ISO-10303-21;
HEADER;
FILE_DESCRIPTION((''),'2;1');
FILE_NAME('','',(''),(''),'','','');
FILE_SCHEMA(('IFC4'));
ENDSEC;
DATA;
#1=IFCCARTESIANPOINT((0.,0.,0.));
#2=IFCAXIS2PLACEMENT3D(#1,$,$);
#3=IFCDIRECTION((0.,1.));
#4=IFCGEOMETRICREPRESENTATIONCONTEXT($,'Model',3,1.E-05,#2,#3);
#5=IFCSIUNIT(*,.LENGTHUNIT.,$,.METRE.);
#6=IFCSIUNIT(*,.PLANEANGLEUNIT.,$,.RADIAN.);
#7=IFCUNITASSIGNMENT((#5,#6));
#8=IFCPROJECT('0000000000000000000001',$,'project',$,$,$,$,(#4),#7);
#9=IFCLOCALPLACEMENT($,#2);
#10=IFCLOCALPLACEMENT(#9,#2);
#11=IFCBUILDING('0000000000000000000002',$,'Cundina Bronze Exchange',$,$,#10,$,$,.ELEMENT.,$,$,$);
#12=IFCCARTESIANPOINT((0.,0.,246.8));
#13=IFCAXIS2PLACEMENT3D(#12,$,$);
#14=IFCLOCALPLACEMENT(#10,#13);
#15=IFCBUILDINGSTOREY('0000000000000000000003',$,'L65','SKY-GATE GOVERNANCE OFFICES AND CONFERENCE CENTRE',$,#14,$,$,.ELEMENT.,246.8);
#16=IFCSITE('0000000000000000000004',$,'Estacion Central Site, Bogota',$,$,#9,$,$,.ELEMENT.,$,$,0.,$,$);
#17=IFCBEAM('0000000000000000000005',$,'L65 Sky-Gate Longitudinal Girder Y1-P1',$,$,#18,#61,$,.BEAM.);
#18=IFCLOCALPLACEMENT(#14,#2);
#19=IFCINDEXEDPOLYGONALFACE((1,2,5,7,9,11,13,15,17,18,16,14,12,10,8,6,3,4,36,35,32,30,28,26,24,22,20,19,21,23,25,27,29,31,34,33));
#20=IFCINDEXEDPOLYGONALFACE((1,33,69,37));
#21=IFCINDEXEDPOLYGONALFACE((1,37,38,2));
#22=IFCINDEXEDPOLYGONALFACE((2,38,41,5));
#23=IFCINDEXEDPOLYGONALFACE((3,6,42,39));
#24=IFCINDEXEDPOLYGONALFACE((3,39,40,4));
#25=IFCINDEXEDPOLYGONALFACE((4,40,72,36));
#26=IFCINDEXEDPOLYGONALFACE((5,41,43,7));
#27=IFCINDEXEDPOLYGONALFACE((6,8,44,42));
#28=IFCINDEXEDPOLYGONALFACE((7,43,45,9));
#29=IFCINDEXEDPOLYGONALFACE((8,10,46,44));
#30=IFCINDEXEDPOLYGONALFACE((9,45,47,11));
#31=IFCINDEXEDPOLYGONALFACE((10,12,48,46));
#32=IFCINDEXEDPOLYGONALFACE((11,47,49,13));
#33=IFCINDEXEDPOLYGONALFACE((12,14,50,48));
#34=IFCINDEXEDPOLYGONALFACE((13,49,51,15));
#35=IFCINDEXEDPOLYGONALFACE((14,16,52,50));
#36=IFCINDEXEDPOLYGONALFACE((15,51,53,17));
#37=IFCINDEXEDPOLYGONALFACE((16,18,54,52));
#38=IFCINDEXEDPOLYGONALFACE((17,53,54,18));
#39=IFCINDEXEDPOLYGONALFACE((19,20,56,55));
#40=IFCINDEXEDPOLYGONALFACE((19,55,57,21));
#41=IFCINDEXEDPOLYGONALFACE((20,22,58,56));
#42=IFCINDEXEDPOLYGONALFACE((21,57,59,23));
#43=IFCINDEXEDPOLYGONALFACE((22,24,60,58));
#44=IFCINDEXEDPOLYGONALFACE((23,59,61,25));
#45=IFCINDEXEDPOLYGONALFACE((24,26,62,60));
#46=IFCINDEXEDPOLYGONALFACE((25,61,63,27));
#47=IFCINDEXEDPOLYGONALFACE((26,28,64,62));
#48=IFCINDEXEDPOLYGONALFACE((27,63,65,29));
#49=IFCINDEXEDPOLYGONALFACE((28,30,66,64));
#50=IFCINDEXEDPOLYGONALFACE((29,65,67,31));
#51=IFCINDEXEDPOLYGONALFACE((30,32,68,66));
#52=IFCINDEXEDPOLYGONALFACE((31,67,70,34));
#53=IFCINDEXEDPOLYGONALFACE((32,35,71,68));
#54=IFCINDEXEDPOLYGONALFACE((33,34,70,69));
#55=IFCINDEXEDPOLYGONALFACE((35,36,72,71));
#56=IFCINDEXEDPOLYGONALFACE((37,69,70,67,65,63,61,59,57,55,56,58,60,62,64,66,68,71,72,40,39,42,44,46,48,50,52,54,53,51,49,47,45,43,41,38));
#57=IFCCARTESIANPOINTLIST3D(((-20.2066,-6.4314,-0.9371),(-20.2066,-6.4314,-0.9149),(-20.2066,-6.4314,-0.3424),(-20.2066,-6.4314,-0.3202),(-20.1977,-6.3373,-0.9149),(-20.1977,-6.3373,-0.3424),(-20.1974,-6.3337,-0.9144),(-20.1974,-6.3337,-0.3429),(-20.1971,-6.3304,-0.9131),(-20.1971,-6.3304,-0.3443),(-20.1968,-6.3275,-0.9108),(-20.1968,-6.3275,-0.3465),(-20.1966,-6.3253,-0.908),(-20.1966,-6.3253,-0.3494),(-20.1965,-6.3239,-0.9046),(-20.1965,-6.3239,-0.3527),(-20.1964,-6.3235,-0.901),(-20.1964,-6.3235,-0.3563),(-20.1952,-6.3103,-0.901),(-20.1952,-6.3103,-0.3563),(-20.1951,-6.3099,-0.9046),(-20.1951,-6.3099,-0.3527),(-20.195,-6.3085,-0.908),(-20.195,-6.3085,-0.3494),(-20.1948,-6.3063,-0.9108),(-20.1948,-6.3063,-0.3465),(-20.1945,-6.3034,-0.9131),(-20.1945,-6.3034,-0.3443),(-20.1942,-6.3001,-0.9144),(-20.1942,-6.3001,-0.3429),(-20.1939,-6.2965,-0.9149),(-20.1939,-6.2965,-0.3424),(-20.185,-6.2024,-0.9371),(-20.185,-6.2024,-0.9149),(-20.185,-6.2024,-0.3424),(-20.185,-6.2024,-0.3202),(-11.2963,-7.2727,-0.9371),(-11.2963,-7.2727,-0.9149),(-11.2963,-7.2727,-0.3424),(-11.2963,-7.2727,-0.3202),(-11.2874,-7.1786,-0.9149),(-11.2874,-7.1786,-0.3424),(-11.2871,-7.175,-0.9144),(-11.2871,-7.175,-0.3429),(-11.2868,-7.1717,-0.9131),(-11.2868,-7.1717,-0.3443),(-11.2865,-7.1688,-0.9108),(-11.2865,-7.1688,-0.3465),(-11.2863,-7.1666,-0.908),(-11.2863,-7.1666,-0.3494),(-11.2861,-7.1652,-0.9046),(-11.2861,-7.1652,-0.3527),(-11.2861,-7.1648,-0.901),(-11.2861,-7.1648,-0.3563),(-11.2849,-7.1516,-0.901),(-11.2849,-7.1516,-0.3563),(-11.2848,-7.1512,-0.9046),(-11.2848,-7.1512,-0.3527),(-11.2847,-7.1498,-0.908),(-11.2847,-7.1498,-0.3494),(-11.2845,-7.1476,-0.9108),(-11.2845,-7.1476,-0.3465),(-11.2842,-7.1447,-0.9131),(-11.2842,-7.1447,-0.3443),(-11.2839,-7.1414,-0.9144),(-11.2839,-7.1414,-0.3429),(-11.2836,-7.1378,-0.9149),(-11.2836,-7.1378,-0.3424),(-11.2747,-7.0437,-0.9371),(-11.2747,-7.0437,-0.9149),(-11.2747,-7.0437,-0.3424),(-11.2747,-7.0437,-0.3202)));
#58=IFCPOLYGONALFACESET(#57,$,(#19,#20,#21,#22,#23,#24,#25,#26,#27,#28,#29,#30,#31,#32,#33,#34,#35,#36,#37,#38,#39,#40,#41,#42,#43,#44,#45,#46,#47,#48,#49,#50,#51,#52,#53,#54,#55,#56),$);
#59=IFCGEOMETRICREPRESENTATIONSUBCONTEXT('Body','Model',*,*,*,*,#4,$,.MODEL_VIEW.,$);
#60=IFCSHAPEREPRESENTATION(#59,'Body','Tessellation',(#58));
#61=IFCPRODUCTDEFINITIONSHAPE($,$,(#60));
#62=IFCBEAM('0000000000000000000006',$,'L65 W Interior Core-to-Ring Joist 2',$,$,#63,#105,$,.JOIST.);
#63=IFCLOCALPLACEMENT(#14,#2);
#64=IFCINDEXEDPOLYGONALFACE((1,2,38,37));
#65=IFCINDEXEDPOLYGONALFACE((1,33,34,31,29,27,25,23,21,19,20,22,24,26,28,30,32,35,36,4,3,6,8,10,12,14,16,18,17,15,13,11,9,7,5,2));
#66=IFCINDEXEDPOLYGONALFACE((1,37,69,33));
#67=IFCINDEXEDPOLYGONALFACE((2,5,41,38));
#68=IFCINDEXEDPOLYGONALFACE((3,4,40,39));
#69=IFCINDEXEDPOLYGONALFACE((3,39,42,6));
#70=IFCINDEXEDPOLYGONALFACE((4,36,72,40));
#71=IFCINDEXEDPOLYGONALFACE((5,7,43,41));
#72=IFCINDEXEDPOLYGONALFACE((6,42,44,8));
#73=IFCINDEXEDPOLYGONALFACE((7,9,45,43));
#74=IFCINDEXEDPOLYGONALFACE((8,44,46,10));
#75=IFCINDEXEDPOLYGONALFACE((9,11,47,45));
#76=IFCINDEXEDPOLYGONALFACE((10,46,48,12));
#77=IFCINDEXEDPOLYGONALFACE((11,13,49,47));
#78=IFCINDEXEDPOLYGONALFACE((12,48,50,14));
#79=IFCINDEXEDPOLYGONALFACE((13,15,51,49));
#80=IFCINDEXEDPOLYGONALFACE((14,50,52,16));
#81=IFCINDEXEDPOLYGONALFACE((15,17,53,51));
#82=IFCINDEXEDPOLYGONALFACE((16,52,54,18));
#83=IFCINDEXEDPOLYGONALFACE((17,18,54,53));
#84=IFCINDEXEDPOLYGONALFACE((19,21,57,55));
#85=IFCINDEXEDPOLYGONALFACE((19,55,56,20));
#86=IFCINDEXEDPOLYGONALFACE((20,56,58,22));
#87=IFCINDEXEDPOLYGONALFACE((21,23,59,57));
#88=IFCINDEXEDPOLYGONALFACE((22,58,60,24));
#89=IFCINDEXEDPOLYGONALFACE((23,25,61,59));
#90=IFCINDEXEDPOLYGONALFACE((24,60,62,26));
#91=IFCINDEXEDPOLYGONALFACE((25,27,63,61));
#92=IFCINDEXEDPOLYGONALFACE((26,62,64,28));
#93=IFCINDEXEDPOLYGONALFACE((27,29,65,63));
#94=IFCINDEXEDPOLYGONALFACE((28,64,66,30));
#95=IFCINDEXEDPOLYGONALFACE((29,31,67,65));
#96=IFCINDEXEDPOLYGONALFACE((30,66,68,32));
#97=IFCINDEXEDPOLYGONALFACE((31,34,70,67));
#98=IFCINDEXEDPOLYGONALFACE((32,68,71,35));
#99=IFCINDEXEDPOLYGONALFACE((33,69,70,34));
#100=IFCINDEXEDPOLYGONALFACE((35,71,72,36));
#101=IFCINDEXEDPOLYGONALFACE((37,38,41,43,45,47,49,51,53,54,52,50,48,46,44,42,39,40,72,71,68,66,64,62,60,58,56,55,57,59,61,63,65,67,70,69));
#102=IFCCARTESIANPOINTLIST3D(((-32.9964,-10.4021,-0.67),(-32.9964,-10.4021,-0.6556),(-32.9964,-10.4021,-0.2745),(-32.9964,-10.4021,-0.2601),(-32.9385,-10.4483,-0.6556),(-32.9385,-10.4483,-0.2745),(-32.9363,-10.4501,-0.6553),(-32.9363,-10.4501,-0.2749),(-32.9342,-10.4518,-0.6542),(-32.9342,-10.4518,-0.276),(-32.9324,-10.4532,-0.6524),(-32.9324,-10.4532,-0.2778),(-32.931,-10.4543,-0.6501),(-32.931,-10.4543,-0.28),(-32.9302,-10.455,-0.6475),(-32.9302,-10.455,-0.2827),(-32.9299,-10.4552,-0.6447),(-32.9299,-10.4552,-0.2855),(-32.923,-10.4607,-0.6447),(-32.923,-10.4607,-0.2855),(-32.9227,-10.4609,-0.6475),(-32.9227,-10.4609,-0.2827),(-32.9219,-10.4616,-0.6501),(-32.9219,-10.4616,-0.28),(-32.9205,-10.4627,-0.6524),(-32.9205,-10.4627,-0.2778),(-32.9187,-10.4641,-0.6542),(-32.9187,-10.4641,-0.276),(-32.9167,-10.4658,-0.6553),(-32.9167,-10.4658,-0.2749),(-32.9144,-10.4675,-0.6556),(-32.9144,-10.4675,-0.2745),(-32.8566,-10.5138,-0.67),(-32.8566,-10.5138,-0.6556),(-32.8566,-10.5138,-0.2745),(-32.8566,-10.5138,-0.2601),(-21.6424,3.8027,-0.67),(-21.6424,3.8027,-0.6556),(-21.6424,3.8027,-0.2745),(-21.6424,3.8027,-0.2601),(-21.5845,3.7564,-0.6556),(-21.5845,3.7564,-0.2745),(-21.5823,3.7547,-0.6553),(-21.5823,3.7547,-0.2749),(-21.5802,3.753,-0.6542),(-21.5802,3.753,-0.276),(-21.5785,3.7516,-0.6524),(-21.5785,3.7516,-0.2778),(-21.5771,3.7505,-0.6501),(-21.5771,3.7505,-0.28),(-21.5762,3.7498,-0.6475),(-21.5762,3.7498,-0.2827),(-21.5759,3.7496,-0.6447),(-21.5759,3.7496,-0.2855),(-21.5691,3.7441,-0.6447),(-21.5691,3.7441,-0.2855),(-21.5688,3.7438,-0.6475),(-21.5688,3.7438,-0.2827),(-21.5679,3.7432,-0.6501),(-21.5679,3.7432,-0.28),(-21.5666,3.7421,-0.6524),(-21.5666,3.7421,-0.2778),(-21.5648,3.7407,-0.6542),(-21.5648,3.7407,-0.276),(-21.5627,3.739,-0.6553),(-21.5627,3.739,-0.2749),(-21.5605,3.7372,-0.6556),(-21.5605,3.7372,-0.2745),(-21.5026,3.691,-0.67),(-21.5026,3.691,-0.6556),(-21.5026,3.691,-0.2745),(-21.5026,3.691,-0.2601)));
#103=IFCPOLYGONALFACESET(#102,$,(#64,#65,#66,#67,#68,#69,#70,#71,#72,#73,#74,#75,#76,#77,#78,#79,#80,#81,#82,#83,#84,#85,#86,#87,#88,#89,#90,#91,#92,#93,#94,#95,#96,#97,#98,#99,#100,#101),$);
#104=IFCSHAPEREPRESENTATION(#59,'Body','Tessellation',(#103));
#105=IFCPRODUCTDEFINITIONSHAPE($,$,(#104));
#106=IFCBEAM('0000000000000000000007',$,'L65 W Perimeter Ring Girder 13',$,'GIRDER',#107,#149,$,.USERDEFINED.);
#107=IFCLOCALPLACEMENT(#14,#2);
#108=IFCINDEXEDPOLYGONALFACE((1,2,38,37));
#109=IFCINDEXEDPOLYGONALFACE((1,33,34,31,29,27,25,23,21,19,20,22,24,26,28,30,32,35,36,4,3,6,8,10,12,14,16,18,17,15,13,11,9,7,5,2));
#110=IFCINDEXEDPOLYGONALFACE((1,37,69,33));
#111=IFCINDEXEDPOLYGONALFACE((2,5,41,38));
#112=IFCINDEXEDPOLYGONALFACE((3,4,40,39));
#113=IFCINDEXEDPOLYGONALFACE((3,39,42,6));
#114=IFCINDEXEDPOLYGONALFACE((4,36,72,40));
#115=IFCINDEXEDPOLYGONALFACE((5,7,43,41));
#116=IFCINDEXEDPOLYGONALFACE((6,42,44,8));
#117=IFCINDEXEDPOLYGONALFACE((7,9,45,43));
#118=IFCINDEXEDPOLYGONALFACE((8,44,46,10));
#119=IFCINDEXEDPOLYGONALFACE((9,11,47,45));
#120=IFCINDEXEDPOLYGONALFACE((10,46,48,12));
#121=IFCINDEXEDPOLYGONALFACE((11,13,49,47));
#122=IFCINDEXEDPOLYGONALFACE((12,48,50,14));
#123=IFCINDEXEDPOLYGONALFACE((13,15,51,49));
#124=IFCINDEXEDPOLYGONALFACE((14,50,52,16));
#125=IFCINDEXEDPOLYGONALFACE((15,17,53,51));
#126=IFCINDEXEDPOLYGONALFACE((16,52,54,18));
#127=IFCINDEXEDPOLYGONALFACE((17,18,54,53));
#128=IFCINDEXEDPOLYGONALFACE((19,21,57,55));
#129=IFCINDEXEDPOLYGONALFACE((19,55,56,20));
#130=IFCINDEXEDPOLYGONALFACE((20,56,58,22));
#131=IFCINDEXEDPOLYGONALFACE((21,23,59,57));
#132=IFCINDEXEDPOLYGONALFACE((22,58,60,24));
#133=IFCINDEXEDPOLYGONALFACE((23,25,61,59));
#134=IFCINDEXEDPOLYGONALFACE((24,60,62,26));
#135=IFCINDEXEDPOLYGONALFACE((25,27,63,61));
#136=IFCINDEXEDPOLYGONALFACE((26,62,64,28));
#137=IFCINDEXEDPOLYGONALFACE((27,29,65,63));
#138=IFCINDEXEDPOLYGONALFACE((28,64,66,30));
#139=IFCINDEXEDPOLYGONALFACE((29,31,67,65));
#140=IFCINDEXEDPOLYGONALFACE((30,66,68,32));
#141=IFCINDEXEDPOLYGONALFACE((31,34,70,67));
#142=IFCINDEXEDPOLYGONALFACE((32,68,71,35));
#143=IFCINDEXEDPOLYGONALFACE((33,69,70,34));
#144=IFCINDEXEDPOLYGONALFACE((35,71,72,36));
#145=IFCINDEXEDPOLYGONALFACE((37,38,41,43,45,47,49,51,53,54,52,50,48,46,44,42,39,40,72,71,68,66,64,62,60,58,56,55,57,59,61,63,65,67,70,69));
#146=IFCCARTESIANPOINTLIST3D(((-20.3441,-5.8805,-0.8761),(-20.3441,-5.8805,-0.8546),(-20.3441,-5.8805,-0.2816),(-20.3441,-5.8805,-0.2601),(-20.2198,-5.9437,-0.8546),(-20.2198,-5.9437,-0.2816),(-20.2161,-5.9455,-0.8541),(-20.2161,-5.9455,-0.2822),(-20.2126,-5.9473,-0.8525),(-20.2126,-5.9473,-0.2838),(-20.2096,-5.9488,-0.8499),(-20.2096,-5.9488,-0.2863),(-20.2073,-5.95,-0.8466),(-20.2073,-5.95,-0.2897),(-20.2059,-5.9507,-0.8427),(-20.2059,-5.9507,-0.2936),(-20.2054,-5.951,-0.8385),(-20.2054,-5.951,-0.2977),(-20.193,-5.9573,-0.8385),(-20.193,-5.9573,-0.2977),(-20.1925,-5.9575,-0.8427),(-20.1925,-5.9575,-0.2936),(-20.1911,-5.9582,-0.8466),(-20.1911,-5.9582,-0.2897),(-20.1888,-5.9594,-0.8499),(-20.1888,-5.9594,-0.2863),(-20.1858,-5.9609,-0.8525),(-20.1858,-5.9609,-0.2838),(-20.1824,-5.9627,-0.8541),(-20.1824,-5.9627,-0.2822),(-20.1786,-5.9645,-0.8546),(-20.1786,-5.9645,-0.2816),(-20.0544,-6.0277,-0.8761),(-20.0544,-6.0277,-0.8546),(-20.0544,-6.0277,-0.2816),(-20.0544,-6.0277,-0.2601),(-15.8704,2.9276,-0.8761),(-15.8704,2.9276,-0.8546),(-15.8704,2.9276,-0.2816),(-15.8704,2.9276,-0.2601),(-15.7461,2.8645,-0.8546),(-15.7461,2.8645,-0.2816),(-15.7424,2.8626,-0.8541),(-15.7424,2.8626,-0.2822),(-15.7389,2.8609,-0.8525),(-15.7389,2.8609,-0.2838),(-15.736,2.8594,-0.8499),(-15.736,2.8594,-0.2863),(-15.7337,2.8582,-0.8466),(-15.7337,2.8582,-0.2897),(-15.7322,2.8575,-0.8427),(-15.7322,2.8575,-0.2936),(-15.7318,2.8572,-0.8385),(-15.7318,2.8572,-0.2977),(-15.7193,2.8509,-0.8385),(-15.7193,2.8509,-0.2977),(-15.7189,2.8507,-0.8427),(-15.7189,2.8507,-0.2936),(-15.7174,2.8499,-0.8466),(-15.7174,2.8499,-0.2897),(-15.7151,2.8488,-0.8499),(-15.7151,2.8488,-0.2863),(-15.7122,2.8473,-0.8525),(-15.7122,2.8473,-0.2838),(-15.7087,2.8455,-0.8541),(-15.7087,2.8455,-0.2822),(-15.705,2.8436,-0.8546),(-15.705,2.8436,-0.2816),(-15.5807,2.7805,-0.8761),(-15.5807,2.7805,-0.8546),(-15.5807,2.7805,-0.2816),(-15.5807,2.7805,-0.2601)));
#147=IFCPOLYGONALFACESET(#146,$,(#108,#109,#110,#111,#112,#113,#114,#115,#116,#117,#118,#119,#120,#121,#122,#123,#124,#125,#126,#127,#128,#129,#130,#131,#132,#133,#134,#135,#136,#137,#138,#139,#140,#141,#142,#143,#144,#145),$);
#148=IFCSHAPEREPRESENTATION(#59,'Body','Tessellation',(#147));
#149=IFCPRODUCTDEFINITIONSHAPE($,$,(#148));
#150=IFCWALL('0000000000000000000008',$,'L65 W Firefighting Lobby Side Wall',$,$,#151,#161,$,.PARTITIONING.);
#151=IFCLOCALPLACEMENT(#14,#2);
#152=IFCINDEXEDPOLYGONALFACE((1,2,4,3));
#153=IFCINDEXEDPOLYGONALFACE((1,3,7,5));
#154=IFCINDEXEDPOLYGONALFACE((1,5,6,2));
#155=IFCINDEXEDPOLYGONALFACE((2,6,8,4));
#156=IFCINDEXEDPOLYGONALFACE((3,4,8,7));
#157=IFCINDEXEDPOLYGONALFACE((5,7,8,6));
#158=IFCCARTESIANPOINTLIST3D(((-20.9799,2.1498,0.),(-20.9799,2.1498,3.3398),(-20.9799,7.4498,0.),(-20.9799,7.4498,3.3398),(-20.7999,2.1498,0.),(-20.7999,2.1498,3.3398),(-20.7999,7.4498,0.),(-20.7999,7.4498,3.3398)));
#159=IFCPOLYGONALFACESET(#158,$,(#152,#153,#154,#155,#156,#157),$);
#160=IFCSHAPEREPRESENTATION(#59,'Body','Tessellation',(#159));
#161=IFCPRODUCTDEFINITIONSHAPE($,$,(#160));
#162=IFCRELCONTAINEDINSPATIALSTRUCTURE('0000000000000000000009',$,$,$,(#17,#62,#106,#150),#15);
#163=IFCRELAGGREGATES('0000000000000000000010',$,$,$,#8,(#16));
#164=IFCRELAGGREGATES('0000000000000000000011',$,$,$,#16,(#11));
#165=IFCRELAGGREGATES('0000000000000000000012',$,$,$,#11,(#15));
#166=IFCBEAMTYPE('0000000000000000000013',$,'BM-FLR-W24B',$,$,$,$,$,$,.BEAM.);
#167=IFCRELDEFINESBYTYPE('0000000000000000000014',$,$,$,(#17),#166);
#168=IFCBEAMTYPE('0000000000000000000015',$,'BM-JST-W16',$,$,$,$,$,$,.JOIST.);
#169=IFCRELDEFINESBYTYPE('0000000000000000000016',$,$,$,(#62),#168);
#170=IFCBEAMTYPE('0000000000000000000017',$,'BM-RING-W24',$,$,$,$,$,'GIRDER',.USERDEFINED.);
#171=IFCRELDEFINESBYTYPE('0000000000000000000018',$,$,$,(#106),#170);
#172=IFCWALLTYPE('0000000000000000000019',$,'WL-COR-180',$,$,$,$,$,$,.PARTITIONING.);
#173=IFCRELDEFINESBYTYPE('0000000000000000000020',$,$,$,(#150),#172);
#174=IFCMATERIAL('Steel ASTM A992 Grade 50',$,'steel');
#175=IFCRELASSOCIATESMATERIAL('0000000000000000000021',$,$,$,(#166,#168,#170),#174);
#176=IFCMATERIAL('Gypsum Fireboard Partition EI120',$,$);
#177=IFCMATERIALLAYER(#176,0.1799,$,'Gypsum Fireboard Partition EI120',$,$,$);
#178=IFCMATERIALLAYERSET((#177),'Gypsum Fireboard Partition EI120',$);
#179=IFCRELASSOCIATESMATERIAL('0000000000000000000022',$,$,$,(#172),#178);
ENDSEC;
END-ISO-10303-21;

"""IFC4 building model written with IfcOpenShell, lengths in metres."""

from ifc_helpers import new_model, si_unit, direction, frame, frame_2d, origin, origin_2d, place, context, subcontext, project, spatial, rectangle, i_section, extrude, material, layer, layer_set, material_profile, profile_set, type_object, element, save


model = new_model("IFC4")

# Units and contexts
model_context = context("Model", 3, precision=1e-05, world=origin(), true_north=direction((0.0, 1.0)))
body_context = subcontext(model_context, "Body", "Model", "MODEL_VIEW")
ifc_project = project(units=[si_unit("LENGTHUNIT", "METRE"), si_unit("PLANEANGLEUNIT", "RADIAN")], contexts=[model_context])

# Site, building, storey
site_placement = place(None, origin())
site = spatial("IfcSite", under=ifc_project, at=site_placement, Name="Estacion Central Site, Bogota", CompositionType="ELEMENT", RefElevation=0.0)
building_placement = place(site_placement, origin())
building = spatial("IfcBuilding", under=site, at=building_placement, Name="Cundina Bronze Exchange", CompositionType="ELEMENT")
storey_placement = place(building_placement, frame((0.0, 0.0, 246.8)))
storey = spatial("IfcBuildingStorey", under=building, at=storey_placement, Name="L65", Description="SKY-GATE GOVERNANCE OFFICES AND CONFERENCE CENTRE", CompositionType="ELEMENT", Elevation=246.8)

# Shared definitions
ifc_material_1 = material(Name="Steel ASTM A992 Grade 50", Category="steel")

# Beams
ifc_material_profile_1 = material_profile(ifc_material_1, i_section(OverallWidth=0.23, OverallDepth=0.6169, WebThickness=0.0132, FlangeThickness=0.0222, FilletRadius=0.0139, at=origin_2d()), Name="W24X94", Category="steel")
ifc_profile_set_1 = profile_set([ifc_material_profile_1], Name="Steel ASTM A992 Grade 50")
beam_type_1 = type_object("IfcBeamType", Name="BM-FLR-W24B", PredefinedType="BEAM", material=ifc_profile_set_1)
beam_1_placement = place(storey_placement, frame((-20.1958, -6.3169, -0.6287), z_axis=(0.995572, -0.094001, 0.0), x_axis=(0.094001, 0.995572, 0.0)))
element("IfcBeam", 1, at=beam_1_placement, inside=storey, type_object=beam_type_1, Name="L65 Sky-Gate Longitudinal Girder Y1-P1", PredefinedType="BEAM", context=body_context, shape_type="SweptSolid", body=[
    extrude(i_section(OverallWidth=0.23, OverallDepth=0.6169, WebThickness=0.0132, FlangeThickness=0.0222, FilletRadius=0.0139, at=origin_2d()), origin(), (0.0, 0.0, 1.0), 8.95),
])
ifc_material_profile_2 = material_profile(ifc_material_1, i_section(OverallWidth=0.179, OverallDepth=0.4099, WebThickness=0.0088, FlangeThickness=0.0144, FilletRadius=0.011, at=origin_2d()), Name="W16X45", Category="steel")
ifc_profile_set_2 = profile_set([ifc_material_profile_2], Name="Steel ASTM A992 Grade 50")
beam_type_2 = type_object("IfcBeamType", Name="BM-JST-W16", PredefinedType="JOIST", material=ifc_profile_set_2)
beam_2_placement = place(storey_placement, frame((-21.5725, 3.7468, -0.4651), z_axis=(-0.624364, -0.781133, 0.0), x_axis=(0.781133, -0.624364, 0.0)))
element("IfcBeam", 2, at=beam_2_placement, inside=storey, type_object=beam_type_2, Name="L65 W Interior Core-to-Ring Joist 2", PredefinedType="JOIST", context=body_context, shape_type="SweptSolid", body=[
    extrude(i_section(OverallWidth=0.179, OverallDepth=0.4099, WebThickness=0.0088, FlangeThickness=0.0144, FilletRadius=0.011, at=origin_2d()), origin(), (0.0, 0.0, 1.0), 18.1848),
])
ifc_material_profile_3 = material_profile(ifc_material_1, i_section(OverallWidth=0.325, OverallDepth=0.616, WebThickness=0.0139, FlangeThickness=0.0215, FilletRadius=0.0161, at=origin_2d()), Name="W24X117", Category="steel")
ifc_profile_set_3 = profile_set([ifc_material_profile_3], Name="Steel ASTM A992 Grade 50")
beam_type_3 = type_object("IfcBeamType", Name="BM-RING-W24", ElementType="GIRDER", PredefinedType="USERDEFINED", material=ifc_profile_set_3)
beam_3_placement = place(storey_placement, frame((-20.1992, -5.9541, -0.5681), z_axis=(0.452839, 0.891592, 0.0), x_axis=(-0.891592, 0.452839, 0.0)))
element("IfcBeam", 3, at=beam_3_placement, inside=storey, type_object=beam_type_3, Name="L65 W Perimeter Ring Girder 13", ObjectType="GIRDER", PredefinedType="USERDEFINED", context=body_context, shape_type="SweptSolid", body=[
    extrude(i_section(OverallWidth=0.325, OverallDepth=0.616, WebThickness=0.0139, FlangeThickness=0.0215, FilletRadius=0.0161, at=origin_2d()), origin(), (0.0, 0.0, 1.0), 9.8792),
])

# Wall
ifc_material_2 = material(Name="Gypsum Fireboard Partition EI120")
ifc_layer_1 = layer(ifc_material_2, 0.1799, Name="Gypsum Fireboard Partition EI120")
ifc_layer_set_1 = layer_set([ifc_layer_1], Name="Gypsum Fireboard Partition EI120")
wall_type_1 = type_object("IfcWallType", Name="WL-COR-180", PredefinedType="PARTITIONING", material=ifc_layer_set_1)
wall_1_placement = place(storey_placement, frame((-20.8899, 2.1499, 0.0), z_axis=(0.0, 0.0, 1.0), x_axis=(0.0, 1.0, 0.0)))
element("IfcWall", 4, at=wall_1_placement, inside=storey, type_object=wall_type_1, Name="L65 W Firefighting Lobby Side Wall", PredefinedType="PARTITIONING", context=body_context, shape_type="SweptSolid", body=[
    extrude(rectangle(XDim=5.3, YDim=0.1799, at=frame_2d((2.6499, 0.0))), origin(), (0.0, 0.0, 1.0), 3.3398),
])

save(model, "model.ifc")
